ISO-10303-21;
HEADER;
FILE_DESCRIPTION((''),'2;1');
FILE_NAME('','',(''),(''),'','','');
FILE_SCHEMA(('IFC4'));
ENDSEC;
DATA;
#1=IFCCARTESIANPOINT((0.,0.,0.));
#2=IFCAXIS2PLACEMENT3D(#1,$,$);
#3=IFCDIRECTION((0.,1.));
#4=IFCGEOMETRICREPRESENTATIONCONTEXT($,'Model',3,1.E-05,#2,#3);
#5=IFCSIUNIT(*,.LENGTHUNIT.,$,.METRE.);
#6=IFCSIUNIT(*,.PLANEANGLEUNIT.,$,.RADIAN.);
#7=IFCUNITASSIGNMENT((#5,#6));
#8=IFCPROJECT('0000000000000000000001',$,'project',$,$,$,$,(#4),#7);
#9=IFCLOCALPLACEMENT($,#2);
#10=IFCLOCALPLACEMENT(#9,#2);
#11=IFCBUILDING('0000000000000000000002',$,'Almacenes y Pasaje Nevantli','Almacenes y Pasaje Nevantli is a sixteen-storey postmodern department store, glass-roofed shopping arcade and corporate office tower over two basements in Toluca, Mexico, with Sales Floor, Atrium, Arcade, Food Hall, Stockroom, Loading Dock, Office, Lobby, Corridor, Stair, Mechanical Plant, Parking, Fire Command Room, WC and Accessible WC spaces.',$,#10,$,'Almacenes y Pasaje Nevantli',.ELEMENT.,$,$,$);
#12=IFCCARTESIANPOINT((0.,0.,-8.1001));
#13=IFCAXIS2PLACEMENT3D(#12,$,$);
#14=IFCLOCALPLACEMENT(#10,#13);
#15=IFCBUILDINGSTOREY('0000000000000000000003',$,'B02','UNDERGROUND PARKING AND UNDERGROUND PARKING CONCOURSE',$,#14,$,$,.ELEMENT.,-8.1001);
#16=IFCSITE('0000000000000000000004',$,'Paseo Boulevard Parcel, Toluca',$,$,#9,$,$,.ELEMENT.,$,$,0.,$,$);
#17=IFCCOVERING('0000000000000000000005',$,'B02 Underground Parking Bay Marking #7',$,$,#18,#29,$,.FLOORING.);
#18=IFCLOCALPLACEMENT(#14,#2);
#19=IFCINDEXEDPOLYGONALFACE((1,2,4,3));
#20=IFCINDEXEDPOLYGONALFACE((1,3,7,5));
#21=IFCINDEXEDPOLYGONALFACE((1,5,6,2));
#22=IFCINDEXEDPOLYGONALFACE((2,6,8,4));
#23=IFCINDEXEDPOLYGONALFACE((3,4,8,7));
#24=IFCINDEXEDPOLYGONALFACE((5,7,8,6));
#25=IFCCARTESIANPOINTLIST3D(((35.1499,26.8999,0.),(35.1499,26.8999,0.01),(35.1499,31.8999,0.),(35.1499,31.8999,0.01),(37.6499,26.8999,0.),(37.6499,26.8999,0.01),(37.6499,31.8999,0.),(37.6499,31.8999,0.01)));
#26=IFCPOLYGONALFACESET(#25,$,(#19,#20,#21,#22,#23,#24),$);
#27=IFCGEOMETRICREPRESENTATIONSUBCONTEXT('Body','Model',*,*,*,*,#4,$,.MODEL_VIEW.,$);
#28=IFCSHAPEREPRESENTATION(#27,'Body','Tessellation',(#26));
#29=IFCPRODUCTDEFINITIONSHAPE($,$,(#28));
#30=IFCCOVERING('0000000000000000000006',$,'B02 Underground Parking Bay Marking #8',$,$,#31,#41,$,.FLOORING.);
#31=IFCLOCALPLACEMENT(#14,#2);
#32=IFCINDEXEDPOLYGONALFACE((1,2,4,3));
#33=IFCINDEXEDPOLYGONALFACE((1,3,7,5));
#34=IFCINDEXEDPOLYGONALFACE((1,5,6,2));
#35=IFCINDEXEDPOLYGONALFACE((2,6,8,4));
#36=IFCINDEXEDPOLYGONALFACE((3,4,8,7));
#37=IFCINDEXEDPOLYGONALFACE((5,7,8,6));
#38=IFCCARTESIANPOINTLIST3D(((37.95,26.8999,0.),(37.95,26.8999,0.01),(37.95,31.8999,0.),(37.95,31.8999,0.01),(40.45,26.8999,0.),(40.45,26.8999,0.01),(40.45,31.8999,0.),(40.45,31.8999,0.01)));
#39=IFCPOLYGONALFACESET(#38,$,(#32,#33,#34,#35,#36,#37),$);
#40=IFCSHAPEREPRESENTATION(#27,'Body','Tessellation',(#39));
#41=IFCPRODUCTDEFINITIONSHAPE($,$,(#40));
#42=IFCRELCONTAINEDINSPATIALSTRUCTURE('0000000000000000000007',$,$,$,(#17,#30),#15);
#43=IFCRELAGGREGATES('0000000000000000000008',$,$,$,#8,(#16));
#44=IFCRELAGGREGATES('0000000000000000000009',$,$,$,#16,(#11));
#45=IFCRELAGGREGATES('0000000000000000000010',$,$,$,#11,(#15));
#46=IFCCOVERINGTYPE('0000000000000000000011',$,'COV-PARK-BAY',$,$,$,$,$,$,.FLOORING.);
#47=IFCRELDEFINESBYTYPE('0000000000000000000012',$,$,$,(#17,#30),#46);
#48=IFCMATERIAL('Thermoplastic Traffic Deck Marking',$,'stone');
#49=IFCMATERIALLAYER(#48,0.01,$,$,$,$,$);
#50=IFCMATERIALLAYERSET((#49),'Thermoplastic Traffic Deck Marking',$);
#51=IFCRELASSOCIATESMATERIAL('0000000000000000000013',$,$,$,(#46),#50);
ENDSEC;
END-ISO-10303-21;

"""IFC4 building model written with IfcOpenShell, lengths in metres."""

from ifc_helpers import new_model, si_unit, direction, frame, origin, origin_2d, place, context, subcontext, project, spatial, rectangle, extrude, material, layer, layer_set, type_object, element, save


model = new_model("IFC4")

# Units and contexts
model_context = context("Model", 3, precision=1e-05, world=origin(), true_north=direction((0.0, 1.0)))
body_context = subcontext(model_context, "Body", "Model", "MODEL_VIEW")
ifc_project = project(units=[si_unit("LENGTHUNIT", "METRE"), si_unit("PLANEANGLEUNIT", "RADIAN")], contexts=[model_context])

# Site, building, storey
site_placement = place(None, origin())
site = spatial("IfcSite", under=ifc_project, at=site_placement, Name="Paseo Boulevard Parcel, Toluca", CompositionType="ELEMENT", RefElevation=0.0)
building_placement = place(site_placement, origin())
building = spatial("IfcBuilding", under=site, at=building_placement, Name="Almacenes y Pasaje Nevantli", Description="Almacenes y Pasaje Nevantli is a sixteen-storey postmodern department store, glass-roofed shopping arcade and corporate office tower over two basements in Toluca, Mexico, with Sales Floor, Atrium, Arcade, Food Hall, Stockroom, Loading Dock, Office, Lobby, Corridor, Stair, Mechanical Plant, Parking, Fire Command Room, WC and Accessible WC spaces.", LongName="Almacenes y Pasaje Nevantli", CompositionType="ELEMENT")
storey_placement = place(building_placement, frame((0.0, 0.0, -8.1001)))
storey = spatial("IfcBuildingStorey", under=building, at=storey_placement, Name="B02", Description="UNDERGROUND PARKING AND UNDERGROUND PARKING CONCOURSE", CompositionType="ELEMENT", Elevation=-8.1001)

# Coverings
ifc_material_1 = material(Name="Thermoplastic Traffic Deck Marking", Category="stone")
ifc_layer_1 = layer(ifc_material_1, 0.01)
ifc_layer_set_1 = layer_set([ifc_layer_1], Name="Thermoplastic Traffic Deck Marking")
covering_type = type_object("IfcCoveringType", Name="COV-PARK-BAY", PredefinedType="FLOORING", material=ifc_layer_set_1)
for number, where, z_axis, x_axis, name in (
    (1, (36.3999, 29.3999, 0.0), (0.0, 0.0, 1.0), (1.0, 0.0, 0.0), "B02 Underground Parking Bay Marking #7"),
    (2, (39.2, 29.3999, 0.0), (0.0, 0.0, 1.0), (1.0, 0.0, 0.0), "B02 Underground Parking Bay Marking #8"),
):
    element("IfcCovering", number, at=place(storey_placement, frame(where, z_axis=z_axis, x_axis=x_axis)), inside=storey, type_object=covering_type, Name=name, PredefinedType="FLOORING", context=body_context, shape_type="SweptSolid", body=[
        extrude(rectangle(XDim=2.5, YDim=5.0, at=origin_2d()), origin(), (0.0, 0.0, 1.0), 0.01),
    ])

save(model, "model.ifc")
